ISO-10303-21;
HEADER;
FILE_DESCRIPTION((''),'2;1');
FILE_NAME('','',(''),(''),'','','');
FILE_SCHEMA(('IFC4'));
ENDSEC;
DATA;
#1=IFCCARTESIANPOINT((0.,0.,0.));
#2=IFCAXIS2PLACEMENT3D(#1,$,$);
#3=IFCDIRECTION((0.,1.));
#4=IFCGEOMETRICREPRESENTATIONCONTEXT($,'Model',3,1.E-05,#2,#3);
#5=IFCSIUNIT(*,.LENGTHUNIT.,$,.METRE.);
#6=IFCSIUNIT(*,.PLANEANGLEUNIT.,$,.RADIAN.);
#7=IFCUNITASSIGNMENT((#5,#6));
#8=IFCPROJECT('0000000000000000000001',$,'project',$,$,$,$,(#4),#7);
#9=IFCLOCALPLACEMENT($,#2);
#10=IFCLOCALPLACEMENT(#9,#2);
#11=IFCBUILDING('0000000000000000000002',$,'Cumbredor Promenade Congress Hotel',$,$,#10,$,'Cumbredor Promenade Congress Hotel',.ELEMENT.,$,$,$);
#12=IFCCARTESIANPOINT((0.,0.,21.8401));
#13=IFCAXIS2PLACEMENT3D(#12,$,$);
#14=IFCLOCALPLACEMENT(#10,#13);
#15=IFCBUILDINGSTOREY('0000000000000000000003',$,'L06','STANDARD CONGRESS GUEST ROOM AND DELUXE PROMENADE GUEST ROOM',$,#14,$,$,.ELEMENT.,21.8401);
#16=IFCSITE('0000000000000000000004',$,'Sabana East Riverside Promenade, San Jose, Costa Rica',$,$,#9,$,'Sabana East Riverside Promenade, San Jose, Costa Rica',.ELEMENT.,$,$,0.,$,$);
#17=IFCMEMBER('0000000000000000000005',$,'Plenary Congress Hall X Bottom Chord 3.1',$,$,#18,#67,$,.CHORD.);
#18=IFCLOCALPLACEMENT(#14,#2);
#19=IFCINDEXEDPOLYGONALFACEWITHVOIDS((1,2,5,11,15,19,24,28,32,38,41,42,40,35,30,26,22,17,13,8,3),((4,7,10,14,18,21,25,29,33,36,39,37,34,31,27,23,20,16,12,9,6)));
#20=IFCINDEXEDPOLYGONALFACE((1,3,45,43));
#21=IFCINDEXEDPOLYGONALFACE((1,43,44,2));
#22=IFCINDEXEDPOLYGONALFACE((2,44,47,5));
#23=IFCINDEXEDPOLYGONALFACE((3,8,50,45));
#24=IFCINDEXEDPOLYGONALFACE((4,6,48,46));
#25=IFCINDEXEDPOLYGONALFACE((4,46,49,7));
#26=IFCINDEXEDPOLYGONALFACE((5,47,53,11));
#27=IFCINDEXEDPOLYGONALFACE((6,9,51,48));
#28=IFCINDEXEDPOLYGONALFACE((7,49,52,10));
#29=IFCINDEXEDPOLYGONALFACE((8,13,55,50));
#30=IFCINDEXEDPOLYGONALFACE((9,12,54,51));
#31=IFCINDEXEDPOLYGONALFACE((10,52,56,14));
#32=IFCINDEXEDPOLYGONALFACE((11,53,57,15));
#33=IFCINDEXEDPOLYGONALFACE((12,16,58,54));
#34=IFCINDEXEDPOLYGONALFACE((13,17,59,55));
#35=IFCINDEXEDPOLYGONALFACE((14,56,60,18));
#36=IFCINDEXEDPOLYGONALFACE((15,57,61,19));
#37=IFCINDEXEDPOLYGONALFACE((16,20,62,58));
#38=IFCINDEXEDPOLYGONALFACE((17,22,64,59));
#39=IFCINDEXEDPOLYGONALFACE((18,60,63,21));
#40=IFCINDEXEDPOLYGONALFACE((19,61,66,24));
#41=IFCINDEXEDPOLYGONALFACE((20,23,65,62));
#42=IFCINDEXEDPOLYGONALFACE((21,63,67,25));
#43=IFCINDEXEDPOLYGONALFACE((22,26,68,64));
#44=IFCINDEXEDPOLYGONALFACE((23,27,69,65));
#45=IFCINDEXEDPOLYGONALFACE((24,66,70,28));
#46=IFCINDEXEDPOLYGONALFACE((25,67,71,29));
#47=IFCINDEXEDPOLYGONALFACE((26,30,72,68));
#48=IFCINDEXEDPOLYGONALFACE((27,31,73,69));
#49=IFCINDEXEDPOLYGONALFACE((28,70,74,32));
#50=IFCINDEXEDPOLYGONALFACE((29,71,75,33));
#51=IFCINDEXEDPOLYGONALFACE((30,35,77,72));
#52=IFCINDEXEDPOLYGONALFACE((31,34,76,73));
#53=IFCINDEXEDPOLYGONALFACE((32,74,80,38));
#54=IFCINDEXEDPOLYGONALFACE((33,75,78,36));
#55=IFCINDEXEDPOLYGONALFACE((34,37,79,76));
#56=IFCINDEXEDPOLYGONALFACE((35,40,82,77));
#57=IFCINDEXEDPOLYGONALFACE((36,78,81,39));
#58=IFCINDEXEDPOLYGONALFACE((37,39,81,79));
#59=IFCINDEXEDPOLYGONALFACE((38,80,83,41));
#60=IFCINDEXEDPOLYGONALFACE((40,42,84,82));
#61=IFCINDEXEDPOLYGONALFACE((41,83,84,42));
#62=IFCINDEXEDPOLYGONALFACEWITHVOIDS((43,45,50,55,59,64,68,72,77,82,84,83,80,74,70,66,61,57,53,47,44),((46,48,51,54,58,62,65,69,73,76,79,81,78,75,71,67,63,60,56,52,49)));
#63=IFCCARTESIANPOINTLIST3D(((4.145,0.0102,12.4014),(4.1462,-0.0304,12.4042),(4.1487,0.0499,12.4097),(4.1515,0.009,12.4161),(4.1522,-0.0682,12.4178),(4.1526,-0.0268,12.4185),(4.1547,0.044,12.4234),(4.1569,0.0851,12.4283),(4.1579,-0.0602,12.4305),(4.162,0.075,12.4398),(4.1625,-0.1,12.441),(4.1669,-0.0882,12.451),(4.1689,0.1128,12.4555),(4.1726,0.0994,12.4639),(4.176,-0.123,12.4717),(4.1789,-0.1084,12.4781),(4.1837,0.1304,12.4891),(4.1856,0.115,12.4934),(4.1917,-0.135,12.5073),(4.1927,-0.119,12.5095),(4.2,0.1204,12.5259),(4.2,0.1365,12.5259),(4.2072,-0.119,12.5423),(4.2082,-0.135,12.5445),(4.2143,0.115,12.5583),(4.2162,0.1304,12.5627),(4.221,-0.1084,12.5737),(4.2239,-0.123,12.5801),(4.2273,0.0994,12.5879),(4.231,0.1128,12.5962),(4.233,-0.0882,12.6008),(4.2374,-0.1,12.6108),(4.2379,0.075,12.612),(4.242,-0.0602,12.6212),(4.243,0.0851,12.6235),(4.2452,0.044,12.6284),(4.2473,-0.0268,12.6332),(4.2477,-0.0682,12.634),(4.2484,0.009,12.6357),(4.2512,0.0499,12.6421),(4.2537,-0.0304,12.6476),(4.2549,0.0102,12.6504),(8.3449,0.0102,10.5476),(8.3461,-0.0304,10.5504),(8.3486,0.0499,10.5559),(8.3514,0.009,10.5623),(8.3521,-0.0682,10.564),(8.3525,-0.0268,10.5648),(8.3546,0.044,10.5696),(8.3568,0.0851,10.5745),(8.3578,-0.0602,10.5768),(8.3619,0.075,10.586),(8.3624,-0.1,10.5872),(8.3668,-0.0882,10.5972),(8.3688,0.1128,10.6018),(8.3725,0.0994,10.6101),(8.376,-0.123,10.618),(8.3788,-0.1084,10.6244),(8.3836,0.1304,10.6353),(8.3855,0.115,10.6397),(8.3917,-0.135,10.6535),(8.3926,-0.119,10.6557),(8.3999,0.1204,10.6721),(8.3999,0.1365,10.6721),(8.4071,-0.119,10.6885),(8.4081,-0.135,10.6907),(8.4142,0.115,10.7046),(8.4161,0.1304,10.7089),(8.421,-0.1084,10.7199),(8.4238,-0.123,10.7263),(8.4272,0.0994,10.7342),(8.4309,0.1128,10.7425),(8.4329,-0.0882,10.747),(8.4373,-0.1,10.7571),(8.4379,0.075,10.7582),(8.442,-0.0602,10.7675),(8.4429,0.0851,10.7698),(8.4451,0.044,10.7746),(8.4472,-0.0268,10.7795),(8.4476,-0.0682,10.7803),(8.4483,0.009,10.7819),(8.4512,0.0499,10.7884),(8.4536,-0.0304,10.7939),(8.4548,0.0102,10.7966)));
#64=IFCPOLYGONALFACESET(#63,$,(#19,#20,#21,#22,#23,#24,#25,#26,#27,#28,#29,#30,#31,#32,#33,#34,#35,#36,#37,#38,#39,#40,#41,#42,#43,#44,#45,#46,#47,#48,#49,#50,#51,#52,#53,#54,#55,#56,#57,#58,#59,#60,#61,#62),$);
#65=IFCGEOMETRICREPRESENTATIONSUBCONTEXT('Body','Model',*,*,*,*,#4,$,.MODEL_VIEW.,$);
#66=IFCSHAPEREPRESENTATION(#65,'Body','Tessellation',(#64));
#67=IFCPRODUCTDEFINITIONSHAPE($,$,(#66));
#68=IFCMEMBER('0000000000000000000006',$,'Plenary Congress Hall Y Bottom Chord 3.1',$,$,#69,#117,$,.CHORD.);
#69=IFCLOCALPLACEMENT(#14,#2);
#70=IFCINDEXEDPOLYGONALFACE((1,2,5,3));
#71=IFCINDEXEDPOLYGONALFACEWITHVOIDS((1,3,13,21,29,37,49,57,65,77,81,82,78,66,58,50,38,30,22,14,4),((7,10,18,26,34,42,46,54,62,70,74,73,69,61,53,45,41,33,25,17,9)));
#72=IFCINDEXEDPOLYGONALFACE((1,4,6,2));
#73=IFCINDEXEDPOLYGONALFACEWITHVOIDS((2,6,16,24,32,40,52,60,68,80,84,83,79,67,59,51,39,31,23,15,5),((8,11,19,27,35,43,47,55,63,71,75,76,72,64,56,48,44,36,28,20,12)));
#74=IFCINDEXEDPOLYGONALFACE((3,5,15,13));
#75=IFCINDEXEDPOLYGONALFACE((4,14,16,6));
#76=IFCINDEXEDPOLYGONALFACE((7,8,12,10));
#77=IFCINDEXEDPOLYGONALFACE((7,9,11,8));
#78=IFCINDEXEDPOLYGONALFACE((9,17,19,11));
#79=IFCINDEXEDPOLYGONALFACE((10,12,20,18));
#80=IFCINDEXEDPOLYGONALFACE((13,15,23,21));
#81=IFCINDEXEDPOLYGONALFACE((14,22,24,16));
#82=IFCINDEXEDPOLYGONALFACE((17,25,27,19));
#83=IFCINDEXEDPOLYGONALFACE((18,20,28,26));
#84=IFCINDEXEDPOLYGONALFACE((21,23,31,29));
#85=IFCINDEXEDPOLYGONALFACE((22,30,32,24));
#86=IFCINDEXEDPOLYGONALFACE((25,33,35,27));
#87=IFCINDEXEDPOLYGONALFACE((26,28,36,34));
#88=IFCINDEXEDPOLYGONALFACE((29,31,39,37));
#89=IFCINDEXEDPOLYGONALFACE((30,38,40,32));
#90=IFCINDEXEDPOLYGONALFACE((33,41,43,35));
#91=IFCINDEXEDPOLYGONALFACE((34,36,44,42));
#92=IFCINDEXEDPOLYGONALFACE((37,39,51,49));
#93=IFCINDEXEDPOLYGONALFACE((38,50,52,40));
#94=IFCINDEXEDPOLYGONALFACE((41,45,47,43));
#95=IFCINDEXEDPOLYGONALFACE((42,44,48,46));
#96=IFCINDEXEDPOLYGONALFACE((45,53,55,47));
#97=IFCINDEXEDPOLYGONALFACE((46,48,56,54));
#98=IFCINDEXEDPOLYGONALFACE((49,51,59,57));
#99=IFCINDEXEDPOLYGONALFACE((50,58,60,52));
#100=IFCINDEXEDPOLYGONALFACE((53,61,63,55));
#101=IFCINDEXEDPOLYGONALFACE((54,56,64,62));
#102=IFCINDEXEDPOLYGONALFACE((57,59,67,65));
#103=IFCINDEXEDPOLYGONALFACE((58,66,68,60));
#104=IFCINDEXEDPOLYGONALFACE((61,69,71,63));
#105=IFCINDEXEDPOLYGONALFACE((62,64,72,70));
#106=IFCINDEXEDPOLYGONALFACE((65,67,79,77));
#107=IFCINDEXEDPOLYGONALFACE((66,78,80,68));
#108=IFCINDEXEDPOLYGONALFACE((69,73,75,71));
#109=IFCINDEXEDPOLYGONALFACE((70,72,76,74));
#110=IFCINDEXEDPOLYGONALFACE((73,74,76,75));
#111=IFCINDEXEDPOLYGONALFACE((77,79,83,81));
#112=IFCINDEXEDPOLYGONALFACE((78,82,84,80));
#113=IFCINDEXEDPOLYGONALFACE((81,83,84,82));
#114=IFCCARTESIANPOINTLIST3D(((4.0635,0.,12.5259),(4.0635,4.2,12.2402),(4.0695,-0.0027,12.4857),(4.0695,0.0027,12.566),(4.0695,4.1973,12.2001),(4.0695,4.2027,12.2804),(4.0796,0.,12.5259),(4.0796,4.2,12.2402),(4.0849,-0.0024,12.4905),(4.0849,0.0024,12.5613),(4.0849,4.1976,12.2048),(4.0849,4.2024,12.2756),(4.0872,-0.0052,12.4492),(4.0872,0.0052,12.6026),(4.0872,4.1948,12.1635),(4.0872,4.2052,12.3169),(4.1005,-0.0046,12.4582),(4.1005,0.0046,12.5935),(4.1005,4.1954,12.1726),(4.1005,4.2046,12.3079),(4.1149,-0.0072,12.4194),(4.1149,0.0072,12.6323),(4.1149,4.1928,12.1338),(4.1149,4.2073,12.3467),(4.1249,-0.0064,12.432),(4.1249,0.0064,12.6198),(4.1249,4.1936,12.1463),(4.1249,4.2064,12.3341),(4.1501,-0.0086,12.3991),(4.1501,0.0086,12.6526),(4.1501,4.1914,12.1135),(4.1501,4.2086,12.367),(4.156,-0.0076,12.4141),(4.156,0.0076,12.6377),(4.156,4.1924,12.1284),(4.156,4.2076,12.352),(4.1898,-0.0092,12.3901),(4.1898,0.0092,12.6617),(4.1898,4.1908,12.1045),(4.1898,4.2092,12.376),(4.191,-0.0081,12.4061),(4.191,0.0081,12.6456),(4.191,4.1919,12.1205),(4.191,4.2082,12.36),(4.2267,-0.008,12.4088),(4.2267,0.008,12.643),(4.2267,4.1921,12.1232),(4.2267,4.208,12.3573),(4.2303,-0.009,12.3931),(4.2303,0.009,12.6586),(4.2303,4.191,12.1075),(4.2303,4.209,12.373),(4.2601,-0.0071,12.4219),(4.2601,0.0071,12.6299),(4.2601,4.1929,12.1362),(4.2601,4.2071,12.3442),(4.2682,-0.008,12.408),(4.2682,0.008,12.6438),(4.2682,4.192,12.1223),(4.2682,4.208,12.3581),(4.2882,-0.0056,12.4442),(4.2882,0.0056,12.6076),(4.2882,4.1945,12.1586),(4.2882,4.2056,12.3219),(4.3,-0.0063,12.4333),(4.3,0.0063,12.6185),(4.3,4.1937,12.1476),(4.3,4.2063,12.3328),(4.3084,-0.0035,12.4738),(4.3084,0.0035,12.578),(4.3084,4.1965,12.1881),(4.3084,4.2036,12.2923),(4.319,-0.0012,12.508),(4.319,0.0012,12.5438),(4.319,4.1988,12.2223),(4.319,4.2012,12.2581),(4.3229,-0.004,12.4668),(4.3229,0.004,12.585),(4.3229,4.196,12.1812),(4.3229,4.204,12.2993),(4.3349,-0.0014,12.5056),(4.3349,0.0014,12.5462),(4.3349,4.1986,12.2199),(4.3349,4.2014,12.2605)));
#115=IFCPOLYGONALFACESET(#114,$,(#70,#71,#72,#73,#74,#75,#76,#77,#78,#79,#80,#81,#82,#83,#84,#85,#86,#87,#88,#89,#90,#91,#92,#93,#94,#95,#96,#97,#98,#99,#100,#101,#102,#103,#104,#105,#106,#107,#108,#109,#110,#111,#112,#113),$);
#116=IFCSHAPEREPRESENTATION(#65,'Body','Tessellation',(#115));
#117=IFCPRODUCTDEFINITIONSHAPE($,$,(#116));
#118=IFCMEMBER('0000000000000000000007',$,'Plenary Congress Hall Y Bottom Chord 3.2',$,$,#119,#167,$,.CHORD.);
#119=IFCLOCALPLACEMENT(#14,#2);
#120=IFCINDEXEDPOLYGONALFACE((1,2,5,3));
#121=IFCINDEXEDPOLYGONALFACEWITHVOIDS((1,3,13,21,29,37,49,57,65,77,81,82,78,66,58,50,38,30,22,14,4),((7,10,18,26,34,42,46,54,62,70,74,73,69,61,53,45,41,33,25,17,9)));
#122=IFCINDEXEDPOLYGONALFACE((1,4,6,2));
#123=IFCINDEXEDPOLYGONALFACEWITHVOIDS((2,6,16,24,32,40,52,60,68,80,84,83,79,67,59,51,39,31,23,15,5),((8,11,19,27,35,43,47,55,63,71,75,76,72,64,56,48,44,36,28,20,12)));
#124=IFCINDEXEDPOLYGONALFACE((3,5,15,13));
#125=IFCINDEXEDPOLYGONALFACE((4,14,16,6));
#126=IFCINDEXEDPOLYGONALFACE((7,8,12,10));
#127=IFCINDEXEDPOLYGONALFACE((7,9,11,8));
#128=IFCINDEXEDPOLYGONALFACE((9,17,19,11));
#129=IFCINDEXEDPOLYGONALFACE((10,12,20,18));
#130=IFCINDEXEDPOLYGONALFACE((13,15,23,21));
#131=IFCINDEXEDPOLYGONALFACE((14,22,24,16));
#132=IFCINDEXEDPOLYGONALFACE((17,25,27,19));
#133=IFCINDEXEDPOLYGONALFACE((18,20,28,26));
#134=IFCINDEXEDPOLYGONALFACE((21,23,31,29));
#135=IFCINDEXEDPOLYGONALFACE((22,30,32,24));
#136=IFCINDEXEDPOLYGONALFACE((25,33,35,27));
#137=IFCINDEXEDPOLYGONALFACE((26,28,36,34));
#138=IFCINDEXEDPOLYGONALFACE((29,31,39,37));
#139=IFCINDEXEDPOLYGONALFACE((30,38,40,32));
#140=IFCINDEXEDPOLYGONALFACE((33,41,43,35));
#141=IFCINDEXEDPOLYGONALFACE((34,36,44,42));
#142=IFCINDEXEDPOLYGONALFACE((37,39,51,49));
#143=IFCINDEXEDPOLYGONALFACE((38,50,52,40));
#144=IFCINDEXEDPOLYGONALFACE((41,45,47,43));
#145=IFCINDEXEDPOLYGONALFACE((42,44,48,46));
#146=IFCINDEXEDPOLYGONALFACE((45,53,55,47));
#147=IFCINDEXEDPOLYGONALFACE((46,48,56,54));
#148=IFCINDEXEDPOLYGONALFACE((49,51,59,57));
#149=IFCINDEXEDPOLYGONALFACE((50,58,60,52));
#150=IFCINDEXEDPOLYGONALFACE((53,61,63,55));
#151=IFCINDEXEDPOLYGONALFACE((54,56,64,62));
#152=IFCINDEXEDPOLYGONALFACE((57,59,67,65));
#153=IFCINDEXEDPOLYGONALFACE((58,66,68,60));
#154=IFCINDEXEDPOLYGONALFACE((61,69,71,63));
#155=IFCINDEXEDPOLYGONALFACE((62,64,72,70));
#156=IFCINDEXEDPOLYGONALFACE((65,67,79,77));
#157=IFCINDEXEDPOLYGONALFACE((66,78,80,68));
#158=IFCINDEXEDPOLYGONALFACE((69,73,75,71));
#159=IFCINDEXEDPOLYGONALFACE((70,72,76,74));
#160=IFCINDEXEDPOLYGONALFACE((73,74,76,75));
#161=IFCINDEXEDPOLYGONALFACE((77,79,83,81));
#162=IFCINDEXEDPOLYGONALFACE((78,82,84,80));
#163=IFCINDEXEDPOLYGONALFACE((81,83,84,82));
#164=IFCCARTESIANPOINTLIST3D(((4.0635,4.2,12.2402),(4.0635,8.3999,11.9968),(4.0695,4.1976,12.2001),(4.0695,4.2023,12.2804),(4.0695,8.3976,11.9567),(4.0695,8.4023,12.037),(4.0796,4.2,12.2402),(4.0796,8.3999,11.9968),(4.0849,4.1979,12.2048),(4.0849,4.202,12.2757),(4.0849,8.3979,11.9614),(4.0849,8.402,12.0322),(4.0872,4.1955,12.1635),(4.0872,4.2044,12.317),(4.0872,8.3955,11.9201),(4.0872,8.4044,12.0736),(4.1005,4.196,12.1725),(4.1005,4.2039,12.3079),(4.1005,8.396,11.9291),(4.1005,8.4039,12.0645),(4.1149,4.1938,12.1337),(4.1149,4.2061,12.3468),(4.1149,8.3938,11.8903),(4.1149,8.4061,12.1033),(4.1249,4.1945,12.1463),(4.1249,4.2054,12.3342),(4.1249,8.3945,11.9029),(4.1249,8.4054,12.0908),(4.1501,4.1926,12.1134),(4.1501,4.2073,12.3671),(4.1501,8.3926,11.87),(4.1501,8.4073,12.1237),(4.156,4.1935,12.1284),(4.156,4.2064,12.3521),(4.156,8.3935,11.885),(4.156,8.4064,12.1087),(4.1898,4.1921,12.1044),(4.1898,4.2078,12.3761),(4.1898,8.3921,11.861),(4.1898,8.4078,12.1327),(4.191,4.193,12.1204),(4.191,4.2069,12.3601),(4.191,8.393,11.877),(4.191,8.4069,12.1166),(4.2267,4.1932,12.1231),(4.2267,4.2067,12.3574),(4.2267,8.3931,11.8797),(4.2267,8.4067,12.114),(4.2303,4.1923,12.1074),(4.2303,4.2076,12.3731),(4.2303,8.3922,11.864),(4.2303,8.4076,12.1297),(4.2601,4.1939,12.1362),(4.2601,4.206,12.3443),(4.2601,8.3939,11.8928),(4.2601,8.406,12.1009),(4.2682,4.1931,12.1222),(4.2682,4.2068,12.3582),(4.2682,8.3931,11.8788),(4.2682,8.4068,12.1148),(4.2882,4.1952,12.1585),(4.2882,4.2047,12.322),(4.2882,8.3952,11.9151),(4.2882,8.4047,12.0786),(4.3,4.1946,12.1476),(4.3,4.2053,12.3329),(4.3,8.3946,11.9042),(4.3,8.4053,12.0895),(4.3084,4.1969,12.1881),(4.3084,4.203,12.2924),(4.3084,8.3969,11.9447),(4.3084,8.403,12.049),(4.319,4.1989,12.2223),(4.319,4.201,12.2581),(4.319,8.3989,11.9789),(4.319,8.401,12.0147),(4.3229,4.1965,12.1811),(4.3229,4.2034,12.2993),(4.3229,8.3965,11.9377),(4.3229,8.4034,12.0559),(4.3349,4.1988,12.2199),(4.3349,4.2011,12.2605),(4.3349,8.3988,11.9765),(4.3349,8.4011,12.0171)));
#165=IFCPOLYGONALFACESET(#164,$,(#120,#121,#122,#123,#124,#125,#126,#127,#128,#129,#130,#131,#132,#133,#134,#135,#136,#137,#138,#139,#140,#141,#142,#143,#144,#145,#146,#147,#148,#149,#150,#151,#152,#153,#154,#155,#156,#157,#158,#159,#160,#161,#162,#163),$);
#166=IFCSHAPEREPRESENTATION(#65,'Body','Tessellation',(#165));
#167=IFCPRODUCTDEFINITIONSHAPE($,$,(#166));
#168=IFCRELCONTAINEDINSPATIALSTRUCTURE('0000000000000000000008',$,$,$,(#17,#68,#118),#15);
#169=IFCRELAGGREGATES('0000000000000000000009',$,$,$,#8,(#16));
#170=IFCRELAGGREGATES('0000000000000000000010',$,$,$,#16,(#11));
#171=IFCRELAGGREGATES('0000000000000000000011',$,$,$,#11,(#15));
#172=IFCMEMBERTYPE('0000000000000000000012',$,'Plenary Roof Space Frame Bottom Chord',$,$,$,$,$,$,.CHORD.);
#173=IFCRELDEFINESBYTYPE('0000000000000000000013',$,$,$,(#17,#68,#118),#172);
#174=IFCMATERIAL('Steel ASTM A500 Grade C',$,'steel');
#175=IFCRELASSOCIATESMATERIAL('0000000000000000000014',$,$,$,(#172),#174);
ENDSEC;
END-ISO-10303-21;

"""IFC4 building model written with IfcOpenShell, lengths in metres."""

from ifc_helpers import new_model, si_unit, direction, frame, origin, origin_2d, place, context, subcontext, project, spatial, hollow_circle, extrude, material, material_profile, profile_set, type_object, element, save


model = new_model("IFC4")

# Units and contexts
model_context = context("Model", 3, precision=1e-05, world=origin(), true_north=direction((0.0, 1.0)))
body_context = subcontext(model_context, "Body", "Model", "MODEL_VIEW")
ifc_project = project(units=[si_unit("LENGTHUNIT", "METRE"), si_unit("PLANEANGLEUNIT", "RADIAN")], contexts=[model_context])

# Site, building, storey
site_placement = place(None, origin())
site = spatial("IfcSite", under=ifc_project, at=site_placement, Name="Sabana East Riverside Promenade, San Jose, Costa Rica", LongName="Sabana East Riverside Promenade, San Jose, Costa Rica", CompositionType="ELEMENT", RefElevation=0.0)
building_placement = place(site_placement, origin())
building = spatial("IfcBuilding", under=site, at=building_placement, Name="Cumbredor Promenade Congress Hotel", LongName="Cumbredor Promenade Congress Hotel", CompositionType="ELEMENT")
storey_placement = place(building_placement, frame((0.0, 0.0, 21.8401)))
storey = spatial("IfcBuildingStorey", under=building, at=storey_placement, Name="L06", Description="STANDARD CONGRESS GUEST ROOM AND DELUXE PROMENADE GUEST ROOM", CompositionType="ELEMENT", Elevation=21.8401)

# Members
ifc_material_1 = material(Name="Steel ASTM A500 Grade C", Category="steel")
ifc_material_profile_1 = material_profile(ifc_material_1, hollow_circle(Radius=0.1365, WallThickness=0.0161, at=origin_2d()), Name="CHS 273.0x16")
ifc_profile_set_1 = profile_set([ifc_material_profile_1], Name="Steel ASTM A500 Grade C")
member_type_1 = type_object("IfcMemberType", Name="Plenary Roof Space Frame Bottom Chord", PredefinedType="CHORD", material=ifc_profile_set_1)
member_1_placement = place(storey_placement, frame((4.2, 0.0, 12.5259), z_axis=(0.91485, 0.0, -0.403793), x_axis=(0.0, 1.0, 0.0)))
element("IfcMember", 1, at=member_1_placement, inside=storey, type_object=member_type_1, Name="Plenary Congress Hall X Bottom Chord 3.1", PredefinedType="CHORD", context=body_context, shape_type="SweptSolid", body=[
    extrude(hollow_circle(Radius=0.1365, WallThickness=0.0161, at=origin_2d()), origin(), (0.0, 0.0, 1.0), 4.5908),
])
member_2_placement = place(storey_placement, frame((4.2, 0.0, 12.5259), z_axis=(0.0, 0.997695, -0.067855), x_axis=(-1.0, 0.0, 0.0)))
element("IfcMember", 2, at=member_2_placement, inside=storey, type_object=member_type_1, Name="Plenary Congress Hall Y Bottom Chord 3.1", PredefinedType="CHORD", context=body_context, shape_type="SweptSolid", body=[
    extrude(hollow_circle(Radius=0.1365, WallThickness=0.0161, at=origin_2d()), origin(), (0.0, 0.0, 1.0), 4.2097),
])
member_3_placement = place(storey_placement, frame((4.2, 4.2, 12.2402), z_axis=(0.0, 0.998325, -0.057858), x_axis=(-1.0, 0.0, 0.0)))
element("IfcMember", 3, at=member_3_placement, inside=storey, type_object=member_type_1, Name="Plenary Congress Hall Y Bottom Chord 3.2", PredefinedType="CHORD", context=body_context, shape_type="SweptSolid", body=[
    extrude(hollow_circle(Radius=0.1365, WallThickness=0.0161, at=origin_2d()), origin(), (0.0, 0.0, 1.0), 4.207),
])

save(model, "model.ifc")
